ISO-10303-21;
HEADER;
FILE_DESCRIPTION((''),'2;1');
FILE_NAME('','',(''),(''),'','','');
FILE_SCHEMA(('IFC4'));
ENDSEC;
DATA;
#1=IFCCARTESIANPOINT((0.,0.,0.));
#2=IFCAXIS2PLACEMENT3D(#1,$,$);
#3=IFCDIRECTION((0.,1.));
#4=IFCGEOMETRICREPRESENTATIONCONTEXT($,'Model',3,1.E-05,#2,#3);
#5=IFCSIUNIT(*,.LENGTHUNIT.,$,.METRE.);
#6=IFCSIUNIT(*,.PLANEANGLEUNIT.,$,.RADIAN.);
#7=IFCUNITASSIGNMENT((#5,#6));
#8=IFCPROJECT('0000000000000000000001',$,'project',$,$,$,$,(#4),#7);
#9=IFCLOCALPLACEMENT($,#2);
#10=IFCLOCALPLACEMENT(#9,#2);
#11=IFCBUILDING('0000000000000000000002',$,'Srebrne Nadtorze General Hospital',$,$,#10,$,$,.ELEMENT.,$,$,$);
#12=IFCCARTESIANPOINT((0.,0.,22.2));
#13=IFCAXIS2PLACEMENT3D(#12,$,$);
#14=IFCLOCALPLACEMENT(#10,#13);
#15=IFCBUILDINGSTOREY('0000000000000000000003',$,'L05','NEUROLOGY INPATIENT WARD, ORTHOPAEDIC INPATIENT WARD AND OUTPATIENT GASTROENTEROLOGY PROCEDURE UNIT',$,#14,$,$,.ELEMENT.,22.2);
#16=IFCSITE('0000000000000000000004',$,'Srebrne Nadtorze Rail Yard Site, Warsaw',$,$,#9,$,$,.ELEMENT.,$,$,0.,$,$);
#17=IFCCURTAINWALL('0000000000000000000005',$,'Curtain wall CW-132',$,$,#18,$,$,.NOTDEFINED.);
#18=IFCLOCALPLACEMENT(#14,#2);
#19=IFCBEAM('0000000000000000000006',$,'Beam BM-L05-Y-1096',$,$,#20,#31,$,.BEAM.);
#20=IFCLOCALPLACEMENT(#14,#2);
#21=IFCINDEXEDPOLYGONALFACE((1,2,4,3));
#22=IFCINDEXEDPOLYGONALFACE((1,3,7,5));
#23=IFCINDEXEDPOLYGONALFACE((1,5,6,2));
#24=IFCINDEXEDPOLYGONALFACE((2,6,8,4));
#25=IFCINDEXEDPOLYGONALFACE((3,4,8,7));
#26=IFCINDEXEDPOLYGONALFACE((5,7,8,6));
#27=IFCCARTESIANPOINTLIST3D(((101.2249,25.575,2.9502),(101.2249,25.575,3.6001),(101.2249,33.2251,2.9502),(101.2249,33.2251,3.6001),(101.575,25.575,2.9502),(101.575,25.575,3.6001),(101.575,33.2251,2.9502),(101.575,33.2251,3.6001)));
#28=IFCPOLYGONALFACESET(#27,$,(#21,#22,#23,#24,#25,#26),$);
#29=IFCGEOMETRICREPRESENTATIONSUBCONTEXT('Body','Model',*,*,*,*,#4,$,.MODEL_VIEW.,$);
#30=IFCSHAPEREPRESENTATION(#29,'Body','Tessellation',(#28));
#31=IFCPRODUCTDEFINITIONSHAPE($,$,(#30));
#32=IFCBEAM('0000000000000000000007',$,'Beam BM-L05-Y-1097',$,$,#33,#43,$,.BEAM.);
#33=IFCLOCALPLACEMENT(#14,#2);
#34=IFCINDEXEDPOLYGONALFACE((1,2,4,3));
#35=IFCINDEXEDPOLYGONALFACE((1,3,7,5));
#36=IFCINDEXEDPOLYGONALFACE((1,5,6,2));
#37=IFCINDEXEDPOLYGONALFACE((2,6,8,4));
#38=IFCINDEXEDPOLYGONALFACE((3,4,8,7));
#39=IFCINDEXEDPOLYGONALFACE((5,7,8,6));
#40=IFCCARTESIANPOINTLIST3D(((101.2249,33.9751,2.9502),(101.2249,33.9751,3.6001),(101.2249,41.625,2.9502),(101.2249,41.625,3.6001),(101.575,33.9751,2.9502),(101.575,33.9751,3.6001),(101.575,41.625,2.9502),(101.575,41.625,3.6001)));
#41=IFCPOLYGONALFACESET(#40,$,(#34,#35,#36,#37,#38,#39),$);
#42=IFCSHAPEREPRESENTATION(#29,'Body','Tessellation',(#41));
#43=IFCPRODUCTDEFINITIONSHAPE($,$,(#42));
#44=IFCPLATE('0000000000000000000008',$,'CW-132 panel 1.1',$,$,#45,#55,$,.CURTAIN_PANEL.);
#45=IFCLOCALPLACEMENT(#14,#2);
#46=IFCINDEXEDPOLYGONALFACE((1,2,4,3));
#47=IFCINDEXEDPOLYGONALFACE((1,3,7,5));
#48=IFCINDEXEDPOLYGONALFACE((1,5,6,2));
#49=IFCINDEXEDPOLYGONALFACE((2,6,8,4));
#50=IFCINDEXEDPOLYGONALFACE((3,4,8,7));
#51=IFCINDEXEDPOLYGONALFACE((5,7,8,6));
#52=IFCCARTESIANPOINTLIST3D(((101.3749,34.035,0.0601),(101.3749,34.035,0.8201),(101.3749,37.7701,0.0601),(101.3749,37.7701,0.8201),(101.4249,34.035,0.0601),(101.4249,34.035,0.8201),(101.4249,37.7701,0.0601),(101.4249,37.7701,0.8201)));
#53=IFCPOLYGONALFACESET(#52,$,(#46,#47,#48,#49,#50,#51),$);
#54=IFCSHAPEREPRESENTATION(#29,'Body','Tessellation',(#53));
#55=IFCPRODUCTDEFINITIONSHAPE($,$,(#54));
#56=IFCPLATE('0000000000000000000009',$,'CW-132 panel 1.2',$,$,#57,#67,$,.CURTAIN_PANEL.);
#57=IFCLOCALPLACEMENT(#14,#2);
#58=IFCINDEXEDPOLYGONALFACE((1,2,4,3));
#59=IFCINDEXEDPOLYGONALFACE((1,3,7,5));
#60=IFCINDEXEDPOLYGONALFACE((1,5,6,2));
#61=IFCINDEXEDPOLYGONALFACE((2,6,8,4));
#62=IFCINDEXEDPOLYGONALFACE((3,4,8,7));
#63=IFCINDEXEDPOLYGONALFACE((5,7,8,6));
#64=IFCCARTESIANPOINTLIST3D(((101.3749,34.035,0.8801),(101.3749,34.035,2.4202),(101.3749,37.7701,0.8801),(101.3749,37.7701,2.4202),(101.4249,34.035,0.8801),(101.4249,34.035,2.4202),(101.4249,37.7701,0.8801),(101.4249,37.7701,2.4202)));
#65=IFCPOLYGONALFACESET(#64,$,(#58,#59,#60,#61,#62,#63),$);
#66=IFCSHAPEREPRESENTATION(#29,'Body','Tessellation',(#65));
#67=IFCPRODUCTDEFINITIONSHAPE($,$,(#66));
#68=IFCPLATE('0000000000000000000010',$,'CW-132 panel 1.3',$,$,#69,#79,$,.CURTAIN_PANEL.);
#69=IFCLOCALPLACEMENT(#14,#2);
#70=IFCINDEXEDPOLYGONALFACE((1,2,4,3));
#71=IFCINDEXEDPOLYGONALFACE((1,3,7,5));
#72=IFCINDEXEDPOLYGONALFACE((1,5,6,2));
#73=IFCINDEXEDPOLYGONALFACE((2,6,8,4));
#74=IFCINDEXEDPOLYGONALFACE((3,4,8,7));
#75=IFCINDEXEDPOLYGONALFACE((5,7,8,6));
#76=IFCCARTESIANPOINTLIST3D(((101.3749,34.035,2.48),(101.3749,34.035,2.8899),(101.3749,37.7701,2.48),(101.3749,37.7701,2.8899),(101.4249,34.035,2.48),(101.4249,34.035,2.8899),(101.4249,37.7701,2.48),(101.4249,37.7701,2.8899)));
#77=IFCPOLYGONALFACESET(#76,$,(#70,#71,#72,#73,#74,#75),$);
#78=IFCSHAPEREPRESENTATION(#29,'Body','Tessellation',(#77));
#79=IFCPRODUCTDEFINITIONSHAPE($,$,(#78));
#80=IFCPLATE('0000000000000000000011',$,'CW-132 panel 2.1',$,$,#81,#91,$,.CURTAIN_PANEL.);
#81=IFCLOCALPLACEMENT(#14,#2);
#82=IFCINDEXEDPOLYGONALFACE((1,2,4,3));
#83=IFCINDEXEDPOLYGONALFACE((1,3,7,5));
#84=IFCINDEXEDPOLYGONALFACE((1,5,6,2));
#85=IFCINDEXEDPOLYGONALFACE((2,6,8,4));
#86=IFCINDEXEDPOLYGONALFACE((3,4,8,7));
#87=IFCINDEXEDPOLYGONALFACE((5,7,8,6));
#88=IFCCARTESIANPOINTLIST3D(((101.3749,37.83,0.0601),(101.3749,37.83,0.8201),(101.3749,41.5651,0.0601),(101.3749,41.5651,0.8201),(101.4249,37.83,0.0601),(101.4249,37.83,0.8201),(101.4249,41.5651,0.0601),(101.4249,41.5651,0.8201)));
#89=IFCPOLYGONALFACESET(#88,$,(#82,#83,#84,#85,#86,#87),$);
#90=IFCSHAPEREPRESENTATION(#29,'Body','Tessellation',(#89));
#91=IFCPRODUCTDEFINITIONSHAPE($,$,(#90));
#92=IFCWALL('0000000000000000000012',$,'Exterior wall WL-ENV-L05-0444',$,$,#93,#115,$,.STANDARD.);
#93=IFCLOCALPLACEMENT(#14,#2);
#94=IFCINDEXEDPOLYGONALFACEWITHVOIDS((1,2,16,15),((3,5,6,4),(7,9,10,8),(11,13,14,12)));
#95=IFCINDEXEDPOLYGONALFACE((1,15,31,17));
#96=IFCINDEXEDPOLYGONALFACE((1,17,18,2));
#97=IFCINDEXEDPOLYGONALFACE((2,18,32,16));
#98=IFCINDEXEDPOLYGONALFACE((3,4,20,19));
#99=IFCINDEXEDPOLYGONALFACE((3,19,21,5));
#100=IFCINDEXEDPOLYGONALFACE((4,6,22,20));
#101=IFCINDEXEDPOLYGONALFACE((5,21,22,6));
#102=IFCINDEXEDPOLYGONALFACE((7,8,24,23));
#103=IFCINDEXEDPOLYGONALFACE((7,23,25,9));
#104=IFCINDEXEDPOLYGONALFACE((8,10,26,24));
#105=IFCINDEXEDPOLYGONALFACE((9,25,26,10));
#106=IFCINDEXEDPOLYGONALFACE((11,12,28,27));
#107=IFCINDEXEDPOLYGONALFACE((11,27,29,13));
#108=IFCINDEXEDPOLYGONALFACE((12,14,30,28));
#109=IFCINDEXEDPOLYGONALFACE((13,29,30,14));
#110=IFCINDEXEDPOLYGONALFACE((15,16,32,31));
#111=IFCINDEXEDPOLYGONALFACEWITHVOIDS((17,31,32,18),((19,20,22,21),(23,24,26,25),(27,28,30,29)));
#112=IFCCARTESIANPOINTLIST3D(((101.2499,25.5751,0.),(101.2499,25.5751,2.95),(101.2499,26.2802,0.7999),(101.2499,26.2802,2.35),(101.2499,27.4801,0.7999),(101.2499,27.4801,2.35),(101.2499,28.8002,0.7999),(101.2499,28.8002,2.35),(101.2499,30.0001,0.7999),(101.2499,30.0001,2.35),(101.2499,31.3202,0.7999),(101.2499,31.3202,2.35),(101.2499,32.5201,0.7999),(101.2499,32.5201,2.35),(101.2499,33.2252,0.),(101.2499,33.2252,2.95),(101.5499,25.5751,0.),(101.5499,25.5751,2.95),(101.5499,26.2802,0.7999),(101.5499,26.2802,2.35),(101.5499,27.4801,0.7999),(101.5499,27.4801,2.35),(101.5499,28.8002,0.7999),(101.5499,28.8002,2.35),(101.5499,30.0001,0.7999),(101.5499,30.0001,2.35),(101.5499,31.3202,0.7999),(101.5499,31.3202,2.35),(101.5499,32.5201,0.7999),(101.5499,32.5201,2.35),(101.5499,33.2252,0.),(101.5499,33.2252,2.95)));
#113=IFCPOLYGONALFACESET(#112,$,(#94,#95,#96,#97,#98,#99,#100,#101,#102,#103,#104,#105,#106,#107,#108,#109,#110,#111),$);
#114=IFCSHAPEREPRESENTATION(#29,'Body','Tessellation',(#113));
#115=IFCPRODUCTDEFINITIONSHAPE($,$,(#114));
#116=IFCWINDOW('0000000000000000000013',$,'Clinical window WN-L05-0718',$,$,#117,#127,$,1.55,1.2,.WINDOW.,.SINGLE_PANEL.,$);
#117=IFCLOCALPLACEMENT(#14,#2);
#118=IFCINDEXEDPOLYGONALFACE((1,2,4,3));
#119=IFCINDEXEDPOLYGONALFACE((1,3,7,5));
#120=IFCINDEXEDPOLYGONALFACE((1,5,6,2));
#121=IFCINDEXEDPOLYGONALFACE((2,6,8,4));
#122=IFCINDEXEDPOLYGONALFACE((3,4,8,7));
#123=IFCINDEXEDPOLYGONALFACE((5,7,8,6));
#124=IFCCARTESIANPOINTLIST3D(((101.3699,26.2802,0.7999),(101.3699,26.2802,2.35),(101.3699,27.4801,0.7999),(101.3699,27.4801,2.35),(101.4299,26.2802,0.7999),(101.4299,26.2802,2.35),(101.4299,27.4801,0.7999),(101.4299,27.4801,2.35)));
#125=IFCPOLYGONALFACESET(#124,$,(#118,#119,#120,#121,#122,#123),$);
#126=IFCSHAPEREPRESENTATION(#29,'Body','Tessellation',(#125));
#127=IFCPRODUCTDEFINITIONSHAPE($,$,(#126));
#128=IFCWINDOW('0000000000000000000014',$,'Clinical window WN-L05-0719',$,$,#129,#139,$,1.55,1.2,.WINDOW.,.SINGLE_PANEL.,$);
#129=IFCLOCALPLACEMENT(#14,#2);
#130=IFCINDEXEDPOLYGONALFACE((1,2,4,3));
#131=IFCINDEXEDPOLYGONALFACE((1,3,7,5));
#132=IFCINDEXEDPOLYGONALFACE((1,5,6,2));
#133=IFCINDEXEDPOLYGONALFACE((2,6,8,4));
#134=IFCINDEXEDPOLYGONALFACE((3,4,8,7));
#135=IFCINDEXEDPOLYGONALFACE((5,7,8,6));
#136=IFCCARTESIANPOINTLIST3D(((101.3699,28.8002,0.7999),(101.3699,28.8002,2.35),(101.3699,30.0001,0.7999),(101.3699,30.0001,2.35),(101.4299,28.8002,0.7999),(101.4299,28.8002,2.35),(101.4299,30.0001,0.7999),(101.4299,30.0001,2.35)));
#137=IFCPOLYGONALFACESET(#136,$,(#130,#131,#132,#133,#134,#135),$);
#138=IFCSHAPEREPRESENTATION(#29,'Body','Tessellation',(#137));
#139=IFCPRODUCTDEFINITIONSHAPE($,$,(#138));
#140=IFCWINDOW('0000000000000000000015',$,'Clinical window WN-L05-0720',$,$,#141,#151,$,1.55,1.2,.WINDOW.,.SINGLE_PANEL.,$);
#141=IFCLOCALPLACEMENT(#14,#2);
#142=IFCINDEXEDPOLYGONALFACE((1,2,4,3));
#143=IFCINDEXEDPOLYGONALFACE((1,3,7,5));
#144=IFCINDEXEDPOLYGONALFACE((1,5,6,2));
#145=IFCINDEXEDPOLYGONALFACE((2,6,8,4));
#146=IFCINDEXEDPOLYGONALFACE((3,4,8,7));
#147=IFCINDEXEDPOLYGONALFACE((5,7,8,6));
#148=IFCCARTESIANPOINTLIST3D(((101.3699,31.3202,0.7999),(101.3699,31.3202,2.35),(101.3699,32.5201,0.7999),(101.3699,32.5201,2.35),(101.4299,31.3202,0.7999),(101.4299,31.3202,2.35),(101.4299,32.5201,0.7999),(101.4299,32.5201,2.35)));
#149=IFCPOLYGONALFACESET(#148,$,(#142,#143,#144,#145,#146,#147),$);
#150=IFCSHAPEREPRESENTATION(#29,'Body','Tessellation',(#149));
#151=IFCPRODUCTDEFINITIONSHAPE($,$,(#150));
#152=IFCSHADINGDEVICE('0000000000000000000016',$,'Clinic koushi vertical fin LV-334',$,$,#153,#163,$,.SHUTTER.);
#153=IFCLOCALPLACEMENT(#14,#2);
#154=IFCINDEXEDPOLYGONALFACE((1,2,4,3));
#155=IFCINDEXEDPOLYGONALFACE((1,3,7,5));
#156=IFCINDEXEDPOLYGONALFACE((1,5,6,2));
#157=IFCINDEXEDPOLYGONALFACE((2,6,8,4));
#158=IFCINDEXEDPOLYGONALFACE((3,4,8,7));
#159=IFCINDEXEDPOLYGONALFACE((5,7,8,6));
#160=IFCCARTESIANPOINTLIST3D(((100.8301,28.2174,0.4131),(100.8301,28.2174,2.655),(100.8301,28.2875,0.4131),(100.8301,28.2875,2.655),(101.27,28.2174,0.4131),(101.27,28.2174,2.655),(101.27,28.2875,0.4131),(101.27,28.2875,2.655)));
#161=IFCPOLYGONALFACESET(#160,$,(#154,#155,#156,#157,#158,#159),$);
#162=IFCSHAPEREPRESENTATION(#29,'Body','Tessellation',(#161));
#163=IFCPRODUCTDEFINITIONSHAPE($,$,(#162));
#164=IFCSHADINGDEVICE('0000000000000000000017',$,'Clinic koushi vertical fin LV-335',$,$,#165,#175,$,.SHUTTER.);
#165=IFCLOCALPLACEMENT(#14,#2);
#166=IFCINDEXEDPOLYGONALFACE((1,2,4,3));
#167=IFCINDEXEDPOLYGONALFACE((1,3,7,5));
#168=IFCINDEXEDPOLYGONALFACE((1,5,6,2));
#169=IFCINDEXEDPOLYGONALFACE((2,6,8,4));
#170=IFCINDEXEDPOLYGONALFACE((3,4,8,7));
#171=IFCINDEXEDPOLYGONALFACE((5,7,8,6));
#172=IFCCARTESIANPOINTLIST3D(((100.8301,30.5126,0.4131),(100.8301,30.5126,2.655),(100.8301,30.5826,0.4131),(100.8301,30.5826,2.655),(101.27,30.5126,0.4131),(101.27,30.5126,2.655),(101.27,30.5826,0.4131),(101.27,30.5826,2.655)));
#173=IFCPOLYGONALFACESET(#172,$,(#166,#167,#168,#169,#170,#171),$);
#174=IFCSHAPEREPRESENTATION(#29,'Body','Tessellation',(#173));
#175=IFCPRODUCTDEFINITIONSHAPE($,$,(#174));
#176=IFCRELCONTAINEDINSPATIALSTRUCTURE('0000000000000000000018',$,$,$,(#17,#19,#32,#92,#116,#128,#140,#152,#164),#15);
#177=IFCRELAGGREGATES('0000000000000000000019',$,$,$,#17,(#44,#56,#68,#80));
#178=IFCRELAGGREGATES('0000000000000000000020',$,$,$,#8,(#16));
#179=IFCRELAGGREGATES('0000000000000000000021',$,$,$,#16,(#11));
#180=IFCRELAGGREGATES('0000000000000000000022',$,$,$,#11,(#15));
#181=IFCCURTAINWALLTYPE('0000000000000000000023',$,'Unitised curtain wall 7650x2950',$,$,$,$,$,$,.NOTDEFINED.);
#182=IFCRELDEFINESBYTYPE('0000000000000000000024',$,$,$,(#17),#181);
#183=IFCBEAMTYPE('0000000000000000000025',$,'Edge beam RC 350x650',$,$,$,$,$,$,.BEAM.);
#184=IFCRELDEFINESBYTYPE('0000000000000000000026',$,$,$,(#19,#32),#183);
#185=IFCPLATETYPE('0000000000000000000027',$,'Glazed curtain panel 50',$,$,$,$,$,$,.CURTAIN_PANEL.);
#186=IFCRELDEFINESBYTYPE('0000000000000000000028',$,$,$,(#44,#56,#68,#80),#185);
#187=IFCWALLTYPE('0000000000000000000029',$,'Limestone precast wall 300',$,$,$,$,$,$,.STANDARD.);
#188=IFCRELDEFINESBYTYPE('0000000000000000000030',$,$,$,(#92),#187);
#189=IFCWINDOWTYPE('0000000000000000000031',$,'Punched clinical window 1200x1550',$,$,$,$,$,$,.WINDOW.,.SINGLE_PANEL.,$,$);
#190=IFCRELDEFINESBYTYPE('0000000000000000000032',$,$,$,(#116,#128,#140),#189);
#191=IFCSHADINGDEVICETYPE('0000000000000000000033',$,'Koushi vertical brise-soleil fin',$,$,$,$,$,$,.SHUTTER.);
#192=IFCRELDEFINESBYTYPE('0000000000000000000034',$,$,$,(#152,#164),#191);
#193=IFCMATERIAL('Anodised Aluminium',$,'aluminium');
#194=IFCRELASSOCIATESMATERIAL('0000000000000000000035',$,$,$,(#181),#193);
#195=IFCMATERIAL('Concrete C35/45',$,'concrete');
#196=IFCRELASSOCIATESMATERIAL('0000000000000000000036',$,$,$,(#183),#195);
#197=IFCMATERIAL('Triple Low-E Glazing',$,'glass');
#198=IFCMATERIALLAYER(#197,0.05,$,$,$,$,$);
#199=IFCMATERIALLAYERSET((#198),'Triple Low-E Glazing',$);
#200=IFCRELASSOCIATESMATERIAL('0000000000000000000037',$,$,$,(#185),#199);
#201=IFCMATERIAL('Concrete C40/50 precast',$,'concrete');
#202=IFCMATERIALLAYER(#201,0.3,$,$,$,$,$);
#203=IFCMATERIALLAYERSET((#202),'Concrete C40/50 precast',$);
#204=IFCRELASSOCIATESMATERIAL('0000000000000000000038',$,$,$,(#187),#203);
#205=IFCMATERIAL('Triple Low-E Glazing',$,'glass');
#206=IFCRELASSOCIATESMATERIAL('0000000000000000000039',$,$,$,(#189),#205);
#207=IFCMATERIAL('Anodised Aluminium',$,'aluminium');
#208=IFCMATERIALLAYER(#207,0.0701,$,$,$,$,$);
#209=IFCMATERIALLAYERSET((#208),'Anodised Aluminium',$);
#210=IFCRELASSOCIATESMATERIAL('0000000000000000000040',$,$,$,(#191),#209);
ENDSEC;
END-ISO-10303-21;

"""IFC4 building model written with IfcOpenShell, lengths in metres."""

from ifc_helpers import new_model, si_unit, direction, frame, frame_2d, origin, origin_2d, place, context, subcontext, project, spatial, rectangle, extrude, material, layer, layer_set, material_profile, profile_set, type_object, element, fill, aggregate, save


model = new_model("IFC4")

# Units and contexts
model_context = context("Model", 3, precision=1e-05, world=origin(), true_north=direction((0.0, 1.0)))
body_context = subcontext(model_context, "Body", "Model", "MODEL_VIEW")
ifc_project = project(units=[si_unit("LENGTHUNIT", "METRE"), si_unit("PLANEANGLEUNIT", "RADIAN")], contexts=[model_context])

# Site, building, storey
site_placement = place(None, origin())
site = spatial("IfcSite", under=ifc_project, at=site_placement, Name="Srebrne Nadtorze Rail Yard Site, Warsaw", CompositionType="ELEMENT", RefElevation=0.0)
building_placement = place(site_placement, origin())
building = spatial("IfcBuilding", under=site, at=building_placement, Name="Srebrne Nadtorze General Hospital", CompositionType="ELEMENT")
storey_placement = place(building_placement, frame((0.0, 0.0, 22.2)))
storey = spatial("IfcBuildingStorey", under=building, at=storey_placement, Name="L05", Description="NEUROLOGY INPATIENT WARD, ORTHOPAEDIC INPATIENT WARD AND OUTPATIENT GASTROENTEROLOGY PROCEDURE UNIT", CompositionType="ELEMENT", Elevation=22.2)

# Curtain wall
ifc_material_1 = material(Name="Anodised Aluminium", Category="aluminium")
curtain_wall_type = type_object("IfcCurtainWallType", Name="Unitised curtain wall 7650x2950", PredefinedType="NOTDEFINED", material=ifc_material_1)
curtain_wall_placement = place(storey_placement, origin())
curtain_wall = element("IfcCurtainWall", 1, at=curtain_wall_placement, inside=storey, type_object=curtain_wall_type, Name="Curtain wall CW-132", PredefinedType="NOTDEFINED")

# Beams
ifc_material_2 = material(Name="Concrete C35/45", Category="concrete")
ifc_material_profile_1 = material_profile(ifc_material_2, rectangle(XDim=0.3501, YDim=0.6499, at=origin_2d()), Name="RC-BM-350x650")
ifc_profile_set_1 = profile_set([ifc_material_profile_1], Name="Concrete C35/45")
beam_type = type_object("IfcBeamType", Name="Edge beam RC 350x650", PredefinedType="BEAM", material=ifc_profile_set_1)
beam_1_placement = place(storey_placement, frame((101.3999, 25.575, 3.2751), z_axis=(0.0, 1.0, 0.0), x_axis=(-1.0, 0.0, 0.0)))
element("IfcBeam", 2, at=beam_1_placement, inside=storey, type_object=beam_type, Name="Beam BM-L05-Y-1096", PredefinedType="BEAM", context=body_context, shape_type="SweptSolid", body=[
    extrude(rectangle(XDim=0.3501, YDim=0.6499, at=origin_2d()), origin(), (0.0, 0.0, 1.0), 7.6501),
])
beam_2_placement = place(storey_placement, frame((101.3999, 33.9751, 3.2751), z_axis=(0.0, 1.0, 0.0), x_axis=(-1.0, 0.0, 0.0)))
element("IfcBeam", 3, at=beam_2_placement, inside=storey, type_object=beam_type, Name="Beam BM-L05-Y-1097", PredefinedType="BEAM", context=body_context, shape_type="SweptSolid", body=[
    extrude(rectangle(XDim=0.3501, YDim=0.6499, at=origin_2d()), origin(), (0.0, 0.0, 1.0), 7.6499),
])

# Plates
ifc_material_3 = material(Name="Triple Low-E Glazing", Category="glass")
ifc_layer_1 = layer(ifc_material_3, 0.05)
ifc_layer_set_1 = layer_set([ifc_layer_1], Name="Triple Low-E Glazing")
plate_type = type_object("IfcPlateType", Name="Glazed curtain panel 50", PredefinedType="CURTAIN_PANEL", material=ifc_layer_set_1)
plate_1_placement = place(storey_placement, frame((101.3999, 35.9026, 0.0601), z_axis=(0.0, 0.0, 1.0), x_axis=(0.0, 1.0, 0.0)))
plate_1 = element("IfcPlate", 4, at=plate_1_placement, type_object=plate_type, Name="CW-132 panel 1.1", PredefinedType="CURTAIN_PANEL", context=body_context, shape_type="SweptSolid", body=[
    extrude(rectangle(XDim=3.7351, YDim=0.05, at=origin_2d()), origin(), (0.0, 0.0, 1.0), 0.76),
])
plate_2_placement = place(storey_placement, frame((101.3999, 35.9026, 0.8801), z_axis=(0.0, 0.0, 1.0), x_axis=(0.0, 1.0, 0.0)))
plate_2 = element("IfcPlate", 5, at=plate_2_placement, type_object=plate_type, Name="CW-132 panel 1.2", PredefinedType="CURTAIN_PANEL", context=body_context, shape_type="SweptSolid", body=[
    extrude(rectangle(XDim=3.7351, YDim=0.05, at=origin_2d()), origin(), (0.0, 0.0, 1.0), 1.54),
])
plate_3_placement = place(storey_placement, frame((101.3999, 35.9026, 2.48), z_axis=(0.0, 0.0, 1.0), x_axis=(0.0, 1.0, 0.0)))
plate_3 = element("IfcPlate", 6, at=plate_3_placement, type_object=plate_type, Name="CW-132 panel 1.3", PredefinedType="CURTAIN_PANEL", context=body_context, shape_type="SweptSolid", body=[
    extrude(rectangle(XDim=3.7351, YDim=0.05, at=origin_2d()), origin(), (0.0, 0.0, 1.0), 0.4099),
])
plate_4_placement = place(storey_placement, frame((101.3999, 39.6975, 0.0601), z_axis=(0.0, 0.0, 1.0), x_axis=(0.0, 1.0, 0.0)))
plate_4 = element("IfcPlate", 7, at=plate_4_placement, type_object=plate_type, Name="CW-132 panel 2.1", PredefinedType="CURTAIN_PANEL", context=body_context, shape_type="SweptSolid", body=[
    extrude(rectangle(XDim=3.7351, YDim=0.05, at=origin_2d()), origin(), (0.0, 0.0, 1.0), 0.76),
])
aggregate(curtain_wall, [plate_1, plate_2, plate_3, plate_4])

# Wall, openings, windows
ifc_material_4 = material(Name="Concrete C40/50 precast", Category="concrete")
ifc_layer_2 = layer(ifc_material_4, 0.3)
ifc_layer_set_2 = layer_set([ifc_layer_2], Name="Concrete C40/50 precast")
wall_type = type_object("IfcWallType", Name="Limestone precast wall 300", PredefinedType="STANDARD", material=ifc_layer_set_2)
wall_placement = place(storey_placement, frame((101.3999, 25.575, 0.0), z_axis=(0.0, 0.0, 1.0), x_axis=(0.0, 1.0, 0.0)))
wall = element("IfcWall", 8, at=wall_placement, inside=storey, type_object=wall_type, Name="Exterior wall WL-ENV-L05-0444", PredefinedType="STANDARD", context=body_context, shape_type="SweptSolid", body=[
    extrude(rectangle(XDim=7.6501, YDim=0.3, at=frame_2d((3.8252, 0.0))), origin(), (0.0, 0.0, 1.0), 2.95),
])
opening_1_placement = place(wall_placement, frame((0.7051, 0.0, 0.8)))
opening_1 = element("IfcOpeningElement", 9, at=opening_1_placement, cuts=wall, PredefinedType="OPENING", context=body_context, shape_type="SweptSolid", body=[
    extrude(rectangle(XDim=1.2, YDim=1.55, at=frame_2d((0.6001, 0.7749))), frame((0.0, 0.1621, 0.0), z_axis=(0.0, -1.0, 0.0), x_axis=(1.0, 0.0, 0.0)), (0.0, 0.0, 1.0), 0.324),
])
opening_2_placement = place(wall_placement, frame((3.2251, 0.0, 0.8)))
opening_2 = element("IfcOpeningElement", 10, at=opening_2_placement, cuts=wall, PredefinedType="OPENING", context=body_context, shape_type="SweptSolid", body=[
    extrude(rectangle(XDim=1.2, YDim=1.55, at=frame_2d((0.6001, 0.7749))), frame((0.0, 0.1621, 0.0), z_axis=(0.0, -1.0, 0.0), x_axis=(1.0, 0.0, 0.0)), (0.0, 0.0, 1.0), 0.324),
])
opening_3_placement = place(wall_placement, frame((5.7451, 0.0, 0.8)))
opening_3 = element("IfcOpeningElement", 11, at=opening_3_placement, cuts=wall, PredefinedType="OPENING", context=body_context, shape_type="SweptSolid", body=[
    extrude(rectangle(XDim=1.2, YDim=1.55, at=frame_2d((0.6001, 0.7749))), frame((0.0, 0.1621, 0.0), z_axis=(0.0, -1.0, 0.0), x_axis=(1.0, 0.0, 0.0)), (0.0, 0.0, 1.0), 0.324),
])
ifc_material_5 = material(Name="Triple Low-E Glazing", Category="glass")
window_type = type_object("IfcWindowType", Name="Punched clinical window 1200x1550", PartitioningType="SINGLE_PANEL", PredefinedType="WINDOW", material=ifc_material_5)
window_1_placement = place(opening_1_placement, origin())
window_1 = element("IfcWindow", 12, at=window_1_placement, inside=storey, type_object=window_type, Name="Clinical window WN-L05-0718", OverallHeight=1.55, OverallWidth=1.2, PartitioningType="SINGLE_PANEL", PredefinedType="WINDOW", context=body_context, shape_type="SweptSolid", body=[
    extrude(rectangle(XDim=1.2, YDim=1.55, at=frame_2d((0.6001, 0.7749))), frame((0.0, 0.03, 0.0), z_axis=(0.0, -1.0, 0.0), x_axis=(1.0, 0.0, 0.0)), (0.0, 0.0, 1.0), 0.0601),
])
fill(opening_1, window_1)
window_2_placement = place(opening_2_placement, origin())
window_2 = element("IfcWindow", 13, at=window_2_placement, inside=storey, type_object=window_type, Name="Clinical window WN-L05-0719", OverallHeight=1.55, OverallWidth=1.2, PartitioningType="SINGLE_PANEL", PredefinedType="WINDOW", context=body_context, shape_type="SweptSolid", body=[
    extrude(rectangle(XDim=1.2, YDim=1.55, at=frame_2d((0.6001, 0.7749))), frame((0.0, 0.03, 0.0), z_axis=(0.0, -1.0, 0.0), x_axis=(1.0, 0.0, 0.0)), (0.0, 0.0, 1.0), 0.0601),
])
fill(opening_2, window_2)
window_3_placement = place(opening_3_placement, origin())
window_3 = element("IfcWindow", 14, at=window_3_placement, inside=storey, type_object=window_type, Name="Clinical window WN-L05-0720", OverallHeight=1.55, OverallWidth=1.2, PartitioningType="SINGLE_PANEL", PredefinedType="WINDOW", context=body_context, shape_type="SweptSolid", body=[
    extrude(rectangle(XDim=1.2, YDim=1.55, at=frame_2d((0.6001, 0.7749))), frame((0.0, 0.03, 0.0), z_axis=(0.0, -1.0, 0.0), x_axis=(1.0, 0.0, 0.0)), (0.0, 0.0, 1.0), 0.0601),
])
fill(opening_3, window_3)

# Shading devices
ifc_material_6 = material(Name="Anodised Aluminium", Category="aluminium")
ifc_layer_3 = layer(ifc_material_6, 0.0701)
ifc_layer_set_3 = layer_set([ifc_layer_3], Name="Anodised Aluminium")
shading_device_type = type_object("IfcShadingDeviceType", Name="Koushi vertical brise-soleil fin", PredefinedType="SHUTTER", material=ifc_layer_set_3)
for number, where, z_axis, x_axis, name in (
    (15, (101.05, 28.2524, 0.4131), (0.0, 0.0, 1.0), (1.0, 0.0, 0.0), "Clinic koushi vertical fin LV-334"),
    (16, (101.05, 30.5476, 0.4131), (0.0, 0.0, 1.0), (1.0, 0.0, 0.0), "Clinic koushi vertical fin LV-335"),
):
    element("IfcShadingDevice", number, at=place(storey_placement, frame(where, z_axis=z_axis, x_axis=x_axis)), inside=storey, type_object=shading_device_type, Name=name, PredefinedType="SHUTTER", context=body_context, shape_type="SweptSolid", body=[
        extrude(rectangle(XDim=0.4399, YDim=0.0701, at=origin_2d()), origin(), (0.0, 0.0, 1.0), 2.2419),
    ])

save(model, "model.ifc")
